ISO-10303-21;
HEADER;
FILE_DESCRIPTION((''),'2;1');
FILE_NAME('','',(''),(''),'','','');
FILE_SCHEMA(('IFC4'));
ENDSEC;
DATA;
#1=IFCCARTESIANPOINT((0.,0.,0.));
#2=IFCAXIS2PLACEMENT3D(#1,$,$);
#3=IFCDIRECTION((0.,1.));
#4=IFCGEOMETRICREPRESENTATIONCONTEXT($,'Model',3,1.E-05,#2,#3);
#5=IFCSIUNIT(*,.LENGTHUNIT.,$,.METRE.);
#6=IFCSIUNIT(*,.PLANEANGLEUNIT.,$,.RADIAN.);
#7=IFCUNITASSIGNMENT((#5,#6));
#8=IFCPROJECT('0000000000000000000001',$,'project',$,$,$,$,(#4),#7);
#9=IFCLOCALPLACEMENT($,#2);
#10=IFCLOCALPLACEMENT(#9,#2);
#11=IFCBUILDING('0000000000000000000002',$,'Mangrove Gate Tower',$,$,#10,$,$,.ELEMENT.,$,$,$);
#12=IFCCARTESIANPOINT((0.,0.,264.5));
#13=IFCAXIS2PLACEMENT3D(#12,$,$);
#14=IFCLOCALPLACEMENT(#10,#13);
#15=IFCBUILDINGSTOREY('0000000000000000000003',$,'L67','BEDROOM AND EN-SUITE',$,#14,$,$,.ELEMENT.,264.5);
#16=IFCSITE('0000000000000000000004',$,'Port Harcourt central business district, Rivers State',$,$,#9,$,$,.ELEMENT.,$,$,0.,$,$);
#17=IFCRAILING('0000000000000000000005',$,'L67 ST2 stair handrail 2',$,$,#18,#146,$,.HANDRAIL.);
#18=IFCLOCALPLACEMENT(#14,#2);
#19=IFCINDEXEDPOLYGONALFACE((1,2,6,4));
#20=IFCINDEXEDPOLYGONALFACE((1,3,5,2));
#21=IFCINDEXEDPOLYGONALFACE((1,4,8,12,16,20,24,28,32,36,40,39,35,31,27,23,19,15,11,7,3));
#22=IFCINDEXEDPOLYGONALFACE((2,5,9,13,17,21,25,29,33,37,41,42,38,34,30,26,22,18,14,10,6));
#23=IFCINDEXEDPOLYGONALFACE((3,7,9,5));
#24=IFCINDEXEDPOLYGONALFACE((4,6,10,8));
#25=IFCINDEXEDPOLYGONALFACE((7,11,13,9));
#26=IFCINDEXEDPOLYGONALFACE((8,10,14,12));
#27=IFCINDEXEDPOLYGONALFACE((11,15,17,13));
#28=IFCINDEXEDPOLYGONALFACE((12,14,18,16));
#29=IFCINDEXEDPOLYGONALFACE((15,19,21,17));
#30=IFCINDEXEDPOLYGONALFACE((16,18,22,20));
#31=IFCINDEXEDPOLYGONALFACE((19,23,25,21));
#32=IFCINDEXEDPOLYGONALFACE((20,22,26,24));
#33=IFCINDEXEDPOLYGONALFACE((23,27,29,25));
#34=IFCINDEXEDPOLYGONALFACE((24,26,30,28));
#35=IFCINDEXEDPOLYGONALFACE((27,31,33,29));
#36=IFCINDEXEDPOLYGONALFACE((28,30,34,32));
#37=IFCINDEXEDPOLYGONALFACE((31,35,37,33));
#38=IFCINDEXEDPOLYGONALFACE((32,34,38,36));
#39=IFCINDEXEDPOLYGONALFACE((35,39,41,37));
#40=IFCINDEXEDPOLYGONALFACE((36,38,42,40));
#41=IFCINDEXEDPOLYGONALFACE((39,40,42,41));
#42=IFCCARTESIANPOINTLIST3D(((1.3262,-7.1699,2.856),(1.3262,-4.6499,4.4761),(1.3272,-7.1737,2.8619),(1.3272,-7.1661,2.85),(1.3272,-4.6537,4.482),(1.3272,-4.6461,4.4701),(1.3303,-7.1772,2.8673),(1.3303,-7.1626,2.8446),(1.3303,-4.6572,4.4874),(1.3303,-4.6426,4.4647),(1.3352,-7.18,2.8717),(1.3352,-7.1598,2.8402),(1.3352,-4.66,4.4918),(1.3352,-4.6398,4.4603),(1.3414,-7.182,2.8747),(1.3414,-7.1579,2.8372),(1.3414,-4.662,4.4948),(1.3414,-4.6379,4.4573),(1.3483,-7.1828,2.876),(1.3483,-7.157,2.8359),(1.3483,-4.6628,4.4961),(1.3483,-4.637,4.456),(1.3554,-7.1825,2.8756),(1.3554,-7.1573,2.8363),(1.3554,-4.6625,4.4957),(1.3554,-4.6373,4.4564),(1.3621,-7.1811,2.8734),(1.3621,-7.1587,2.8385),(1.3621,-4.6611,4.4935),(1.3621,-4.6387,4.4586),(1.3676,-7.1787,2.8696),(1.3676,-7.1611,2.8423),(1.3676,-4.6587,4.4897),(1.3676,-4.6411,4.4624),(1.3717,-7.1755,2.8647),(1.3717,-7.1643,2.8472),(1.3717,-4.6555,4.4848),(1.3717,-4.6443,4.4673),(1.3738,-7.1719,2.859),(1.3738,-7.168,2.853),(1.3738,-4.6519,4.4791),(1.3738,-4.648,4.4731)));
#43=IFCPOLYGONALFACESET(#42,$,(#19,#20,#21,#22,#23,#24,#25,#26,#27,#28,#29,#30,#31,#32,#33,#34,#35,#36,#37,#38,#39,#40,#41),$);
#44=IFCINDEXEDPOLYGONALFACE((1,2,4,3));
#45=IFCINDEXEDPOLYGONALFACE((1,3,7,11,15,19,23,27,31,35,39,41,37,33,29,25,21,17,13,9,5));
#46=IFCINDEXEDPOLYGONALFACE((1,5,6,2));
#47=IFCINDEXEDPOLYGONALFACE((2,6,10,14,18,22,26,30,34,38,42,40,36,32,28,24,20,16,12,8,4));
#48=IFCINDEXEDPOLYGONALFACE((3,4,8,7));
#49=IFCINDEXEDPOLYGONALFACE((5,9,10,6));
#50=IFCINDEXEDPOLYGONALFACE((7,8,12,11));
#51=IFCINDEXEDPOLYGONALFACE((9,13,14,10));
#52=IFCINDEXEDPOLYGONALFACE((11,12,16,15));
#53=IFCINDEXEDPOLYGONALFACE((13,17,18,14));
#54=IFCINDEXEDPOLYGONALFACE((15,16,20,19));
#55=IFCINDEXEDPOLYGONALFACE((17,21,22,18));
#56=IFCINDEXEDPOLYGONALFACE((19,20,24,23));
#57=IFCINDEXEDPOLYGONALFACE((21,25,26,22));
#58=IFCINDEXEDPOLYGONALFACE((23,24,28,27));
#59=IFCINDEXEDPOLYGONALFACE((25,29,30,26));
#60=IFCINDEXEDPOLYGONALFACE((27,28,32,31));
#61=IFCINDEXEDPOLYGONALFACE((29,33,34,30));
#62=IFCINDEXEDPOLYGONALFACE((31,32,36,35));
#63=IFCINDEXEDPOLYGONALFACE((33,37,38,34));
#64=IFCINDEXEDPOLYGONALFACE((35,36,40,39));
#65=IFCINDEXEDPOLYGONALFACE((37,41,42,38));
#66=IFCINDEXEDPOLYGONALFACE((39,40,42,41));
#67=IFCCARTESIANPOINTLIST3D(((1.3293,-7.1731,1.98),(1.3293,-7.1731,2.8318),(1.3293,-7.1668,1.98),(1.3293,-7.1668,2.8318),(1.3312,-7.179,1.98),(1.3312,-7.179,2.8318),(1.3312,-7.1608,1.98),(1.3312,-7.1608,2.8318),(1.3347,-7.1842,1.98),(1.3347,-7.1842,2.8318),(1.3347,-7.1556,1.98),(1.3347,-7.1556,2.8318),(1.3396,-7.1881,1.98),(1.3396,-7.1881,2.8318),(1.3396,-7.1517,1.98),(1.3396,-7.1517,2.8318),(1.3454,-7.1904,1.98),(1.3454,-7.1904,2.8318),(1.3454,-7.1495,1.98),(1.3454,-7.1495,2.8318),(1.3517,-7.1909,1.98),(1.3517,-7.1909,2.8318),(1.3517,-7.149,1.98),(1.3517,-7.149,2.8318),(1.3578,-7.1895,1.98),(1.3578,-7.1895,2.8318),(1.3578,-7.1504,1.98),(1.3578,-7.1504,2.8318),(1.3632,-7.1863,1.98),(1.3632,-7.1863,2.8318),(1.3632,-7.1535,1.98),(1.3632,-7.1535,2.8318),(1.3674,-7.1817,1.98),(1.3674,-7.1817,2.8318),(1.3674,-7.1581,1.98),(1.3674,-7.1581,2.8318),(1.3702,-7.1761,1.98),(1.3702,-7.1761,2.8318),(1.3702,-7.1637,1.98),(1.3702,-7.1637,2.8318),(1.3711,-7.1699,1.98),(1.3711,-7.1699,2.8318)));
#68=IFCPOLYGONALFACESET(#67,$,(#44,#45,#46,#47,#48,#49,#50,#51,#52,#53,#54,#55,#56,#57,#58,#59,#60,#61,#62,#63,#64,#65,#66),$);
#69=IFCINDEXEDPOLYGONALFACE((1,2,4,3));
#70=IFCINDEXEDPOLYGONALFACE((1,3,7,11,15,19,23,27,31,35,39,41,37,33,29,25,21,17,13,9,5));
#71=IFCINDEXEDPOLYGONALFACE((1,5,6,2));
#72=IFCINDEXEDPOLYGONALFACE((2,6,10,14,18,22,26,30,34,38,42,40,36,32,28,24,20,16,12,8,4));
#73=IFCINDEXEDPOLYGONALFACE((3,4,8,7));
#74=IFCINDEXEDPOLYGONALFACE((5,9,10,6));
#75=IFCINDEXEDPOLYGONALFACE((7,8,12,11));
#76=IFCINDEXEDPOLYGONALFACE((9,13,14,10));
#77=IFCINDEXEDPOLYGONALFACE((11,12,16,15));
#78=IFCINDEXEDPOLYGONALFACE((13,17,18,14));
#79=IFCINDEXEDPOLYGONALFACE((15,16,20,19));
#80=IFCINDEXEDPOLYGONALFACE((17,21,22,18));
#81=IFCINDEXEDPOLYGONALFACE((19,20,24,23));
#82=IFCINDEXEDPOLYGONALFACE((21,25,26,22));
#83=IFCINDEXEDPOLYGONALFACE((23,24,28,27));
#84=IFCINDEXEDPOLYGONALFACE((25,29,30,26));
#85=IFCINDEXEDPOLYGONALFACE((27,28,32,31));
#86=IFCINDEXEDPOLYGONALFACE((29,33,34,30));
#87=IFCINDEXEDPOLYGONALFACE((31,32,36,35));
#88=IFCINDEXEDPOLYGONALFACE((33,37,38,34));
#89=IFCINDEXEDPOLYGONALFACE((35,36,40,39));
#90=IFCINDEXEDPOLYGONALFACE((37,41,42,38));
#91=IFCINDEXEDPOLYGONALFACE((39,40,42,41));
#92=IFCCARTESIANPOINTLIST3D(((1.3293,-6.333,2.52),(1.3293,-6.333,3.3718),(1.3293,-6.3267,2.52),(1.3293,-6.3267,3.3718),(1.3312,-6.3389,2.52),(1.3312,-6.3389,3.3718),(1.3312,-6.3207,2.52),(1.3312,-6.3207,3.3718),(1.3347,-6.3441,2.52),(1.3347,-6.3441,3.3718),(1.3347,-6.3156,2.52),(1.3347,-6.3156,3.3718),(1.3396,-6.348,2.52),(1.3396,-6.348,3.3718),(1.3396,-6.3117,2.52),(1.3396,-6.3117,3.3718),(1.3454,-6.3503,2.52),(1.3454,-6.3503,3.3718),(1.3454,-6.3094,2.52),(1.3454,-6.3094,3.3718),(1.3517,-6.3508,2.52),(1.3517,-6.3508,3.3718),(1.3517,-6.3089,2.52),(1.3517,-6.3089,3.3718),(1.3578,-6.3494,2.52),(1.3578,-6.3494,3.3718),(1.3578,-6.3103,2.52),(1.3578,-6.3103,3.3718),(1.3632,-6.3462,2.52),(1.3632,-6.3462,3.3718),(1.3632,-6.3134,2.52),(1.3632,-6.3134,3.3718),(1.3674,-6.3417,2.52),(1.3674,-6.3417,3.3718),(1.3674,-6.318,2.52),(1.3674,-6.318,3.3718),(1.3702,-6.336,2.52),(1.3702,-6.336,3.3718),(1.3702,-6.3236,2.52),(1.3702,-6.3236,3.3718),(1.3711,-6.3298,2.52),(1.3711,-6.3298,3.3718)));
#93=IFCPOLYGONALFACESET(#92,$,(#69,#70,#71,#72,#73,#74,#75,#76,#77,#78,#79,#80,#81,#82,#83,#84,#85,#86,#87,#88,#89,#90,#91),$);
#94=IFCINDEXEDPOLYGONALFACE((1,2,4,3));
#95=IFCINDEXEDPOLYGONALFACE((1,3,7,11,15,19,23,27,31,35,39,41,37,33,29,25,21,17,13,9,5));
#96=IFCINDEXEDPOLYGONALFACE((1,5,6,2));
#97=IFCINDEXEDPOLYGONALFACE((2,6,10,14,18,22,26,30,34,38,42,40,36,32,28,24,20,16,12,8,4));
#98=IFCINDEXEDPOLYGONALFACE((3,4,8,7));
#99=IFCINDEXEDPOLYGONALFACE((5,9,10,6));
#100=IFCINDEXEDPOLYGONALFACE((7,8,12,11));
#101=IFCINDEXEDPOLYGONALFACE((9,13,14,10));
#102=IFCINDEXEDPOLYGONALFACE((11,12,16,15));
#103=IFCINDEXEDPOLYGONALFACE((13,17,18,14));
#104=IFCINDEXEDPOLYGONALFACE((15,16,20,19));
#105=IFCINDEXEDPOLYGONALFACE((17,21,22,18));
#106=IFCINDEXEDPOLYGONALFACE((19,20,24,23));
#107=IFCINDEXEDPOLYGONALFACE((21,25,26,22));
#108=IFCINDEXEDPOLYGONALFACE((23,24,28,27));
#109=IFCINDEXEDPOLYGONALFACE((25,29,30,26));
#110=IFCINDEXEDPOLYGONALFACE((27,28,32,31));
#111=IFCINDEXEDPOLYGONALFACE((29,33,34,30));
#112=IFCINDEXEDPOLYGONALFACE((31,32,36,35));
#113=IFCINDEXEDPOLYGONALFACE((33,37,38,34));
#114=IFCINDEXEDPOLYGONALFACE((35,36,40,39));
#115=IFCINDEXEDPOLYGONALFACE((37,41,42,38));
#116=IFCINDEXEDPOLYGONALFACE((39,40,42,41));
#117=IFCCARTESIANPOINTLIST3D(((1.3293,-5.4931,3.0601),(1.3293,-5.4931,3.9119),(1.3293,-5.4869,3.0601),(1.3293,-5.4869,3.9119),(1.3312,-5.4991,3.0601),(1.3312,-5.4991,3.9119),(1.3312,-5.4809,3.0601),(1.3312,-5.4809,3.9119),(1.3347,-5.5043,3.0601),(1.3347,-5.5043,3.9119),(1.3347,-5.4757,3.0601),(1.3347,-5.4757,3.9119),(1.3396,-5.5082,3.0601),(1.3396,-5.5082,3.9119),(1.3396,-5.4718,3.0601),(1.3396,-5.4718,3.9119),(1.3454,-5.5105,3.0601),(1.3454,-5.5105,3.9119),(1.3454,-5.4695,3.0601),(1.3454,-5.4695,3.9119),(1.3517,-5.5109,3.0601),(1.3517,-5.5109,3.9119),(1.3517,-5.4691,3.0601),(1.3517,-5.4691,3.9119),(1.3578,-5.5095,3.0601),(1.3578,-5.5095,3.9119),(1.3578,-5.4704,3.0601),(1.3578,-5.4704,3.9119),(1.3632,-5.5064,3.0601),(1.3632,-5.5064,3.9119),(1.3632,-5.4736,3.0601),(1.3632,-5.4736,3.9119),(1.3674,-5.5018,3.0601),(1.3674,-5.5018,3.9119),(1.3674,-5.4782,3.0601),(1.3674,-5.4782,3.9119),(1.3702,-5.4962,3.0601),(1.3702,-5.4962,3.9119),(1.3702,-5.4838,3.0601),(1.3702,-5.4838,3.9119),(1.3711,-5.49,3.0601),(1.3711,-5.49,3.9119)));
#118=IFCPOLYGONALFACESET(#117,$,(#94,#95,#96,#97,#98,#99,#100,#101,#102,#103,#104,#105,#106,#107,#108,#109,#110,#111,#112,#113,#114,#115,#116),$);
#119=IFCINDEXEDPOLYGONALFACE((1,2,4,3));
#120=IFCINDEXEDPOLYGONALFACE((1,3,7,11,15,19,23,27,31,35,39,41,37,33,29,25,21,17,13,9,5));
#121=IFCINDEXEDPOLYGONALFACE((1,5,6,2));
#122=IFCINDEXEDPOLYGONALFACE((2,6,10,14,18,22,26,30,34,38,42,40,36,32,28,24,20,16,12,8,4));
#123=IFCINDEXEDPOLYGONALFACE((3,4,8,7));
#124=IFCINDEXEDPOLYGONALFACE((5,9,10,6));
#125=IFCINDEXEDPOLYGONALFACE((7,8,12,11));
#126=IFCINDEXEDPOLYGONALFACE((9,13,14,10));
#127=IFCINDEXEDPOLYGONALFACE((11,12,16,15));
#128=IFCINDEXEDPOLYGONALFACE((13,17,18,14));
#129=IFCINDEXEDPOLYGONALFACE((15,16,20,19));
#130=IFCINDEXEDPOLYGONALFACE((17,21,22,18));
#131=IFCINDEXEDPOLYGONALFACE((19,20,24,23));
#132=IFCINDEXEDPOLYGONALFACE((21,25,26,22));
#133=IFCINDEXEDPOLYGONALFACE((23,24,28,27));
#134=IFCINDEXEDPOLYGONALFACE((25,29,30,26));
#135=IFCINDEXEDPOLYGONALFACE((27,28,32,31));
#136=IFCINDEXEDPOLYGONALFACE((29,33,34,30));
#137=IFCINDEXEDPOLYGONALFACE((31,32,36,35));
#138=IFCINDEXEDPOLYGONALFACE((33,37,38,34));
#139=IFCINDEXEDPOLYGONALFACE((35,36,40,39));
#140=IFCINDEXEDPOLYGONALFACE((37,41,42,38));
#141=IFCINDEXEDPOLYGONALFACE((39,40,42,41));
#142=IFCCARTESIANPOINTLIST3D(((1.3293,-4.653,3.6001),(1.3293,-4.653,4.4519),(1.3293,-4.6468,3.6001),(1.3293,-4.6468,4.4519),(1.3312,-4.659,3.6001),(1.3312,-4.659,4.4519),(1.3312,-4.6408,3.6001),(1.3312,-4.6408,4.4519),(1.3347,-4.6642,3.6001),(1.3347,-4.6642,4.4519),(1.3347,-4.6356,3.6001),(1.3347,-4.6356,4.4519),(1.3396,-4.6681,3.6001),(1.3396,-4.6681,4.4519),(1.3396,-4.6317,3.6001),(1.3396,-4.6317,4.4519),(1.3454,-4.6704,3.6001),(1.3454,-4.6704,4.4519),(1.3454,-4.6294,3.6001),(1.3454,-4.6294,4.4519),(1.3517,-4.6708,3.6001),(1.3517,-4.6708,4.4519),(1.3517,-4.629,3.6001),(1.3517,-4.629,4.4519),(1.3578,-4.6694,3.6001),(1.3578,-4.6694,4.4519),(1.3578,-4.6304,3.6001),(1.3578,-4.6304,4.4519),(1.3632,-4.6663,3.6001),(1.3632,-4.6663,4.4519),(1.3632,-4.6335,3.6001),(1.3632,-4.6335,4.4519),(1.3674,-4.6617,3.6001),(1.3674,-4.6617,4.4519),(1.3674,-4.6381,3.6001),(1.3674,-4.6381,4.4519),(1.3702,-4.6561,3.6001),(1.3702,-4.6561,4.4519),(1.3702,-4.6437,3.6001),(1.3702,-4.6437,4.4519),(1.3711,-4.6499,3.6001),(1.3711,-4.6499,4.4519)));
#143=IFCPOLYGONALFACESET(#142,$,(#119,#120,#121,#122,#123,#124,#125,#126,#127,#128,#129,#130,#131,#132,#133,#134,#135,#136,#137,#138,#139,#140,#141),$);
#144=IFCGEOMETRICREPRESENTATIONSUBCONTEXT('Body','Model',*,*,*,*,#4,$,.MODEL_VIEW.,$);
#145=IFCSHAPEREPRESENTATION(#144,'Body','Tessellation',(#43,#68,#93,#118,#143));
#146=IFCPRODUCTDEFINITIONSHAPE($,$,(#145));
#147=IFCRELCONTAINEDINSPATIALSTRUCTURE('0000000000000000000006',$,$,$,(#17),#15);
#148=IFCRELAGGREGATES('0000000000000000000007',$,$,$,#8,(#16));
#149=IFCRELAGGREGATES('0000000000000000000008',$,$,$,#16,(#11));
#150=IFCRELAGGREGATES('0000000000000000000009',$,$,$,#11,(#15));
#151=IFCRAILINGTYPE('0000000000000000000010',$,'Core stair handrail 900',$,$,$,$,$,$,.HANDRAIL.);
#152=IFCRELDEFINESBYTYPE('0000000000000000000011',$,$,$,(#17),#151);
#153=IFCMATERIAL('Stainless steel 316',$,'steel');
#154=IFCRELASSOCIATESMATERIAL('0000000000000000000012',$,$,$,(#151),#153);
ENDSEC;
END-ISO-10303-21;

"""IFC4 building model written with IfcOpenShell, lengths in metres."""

from ifc_helpers import new_model, si_unit, direction, frame, origin, origin_2d, place, context, subcontext, project, spatial, circle, extrude, material, type_object, element, save


model = new_model("IFC4")

# Units and contexts
model_context = context("Model", 3, precision=1e-05, world=origin(), true_north=direction((0.0, 1.0)))
body_context = subcontext(model_context, "Body", "Model", "MODEL_VIEW")
ifc_project = project(units=[si_unit("LENGTHUNIT", "METRE"), si_unit("PLANEANGLEUNIT", "RADIAN")], contexts=[model_context])

# Site, building, storey
site_placement = place(None, origin())
site = spatial("IfcSite", under=ifc_project, at=site_placement, Name="Port Harcourt central business district, Rivers State", CompositionType="ELEMENT", RefElevation=0.0)
building_placement = place(site_placement, origin())
building = spatial("IfcBuilding", under=site, at=building_placement, Name="Mangrove Gate Tower", CompositionType="ELEMENT")
storey_placement = place(building_placement, frame((0.0, 0.0, 264.5)))
storey = spatial("IfcBuildingStorey", under=building, at=storey_placement, Name="L67", Description="BEDROOM AND EN-SUITE", CompositionType="ELEMENT", Elevation=264.5)

# Railing
ifc_material_1 = material(Name="Stainless steel 316", Category="steel")
railing_type_1 = type_object("IfcRailingType", Name="Core stair handrail 900", PredefinedType="HANDRAIL", material=ifc_material_1)
railing_1_placement = place(storey_placement, frame((1.3501, -7.1699, 1.98)))
element("IfcRailing", 1, at=railing_1_placement, inside=storey, type_object=railing_type_1, Name="L67 ST2 stair handrail 2", PredefinedType="HANDRAIL", context=body_context, shape_type="SweptSolid", body=[
    extrude(circle(Radius=0.0239, at=origin_2d()), frame((0.0, 0.0, 0.876), z_axis=(0.0, 0.841163, 0.540782), x_axis=(-1.0, 0.0, 0.0)), (0.0, 0.0, 1.0), 2.9958),
    extrude(circle(Radius=0.021, at=origin_2d()), origin(), (0.0, 0.0, 1.0), 0.8518),
    extrude(circle(Radius=0.021, at=origin_2d()), frame((0.0, 0.8401, 0.54)), (0.0, 0.0, 1.0), 0.8518),
    extrude(circle(Radius=0.021, at=origin_2d()), frame((0.0, 1.6799, 1.0801)), (0.0, 0.0, 1.0), 0.8518),
    extrude(circle(Radius=0.021, at=origin_2d()), frame((0.0, 2.52, 1.6201)), (0.0, 0.0, 1.0), 0.8518),
])

save(model, "model.ifc")
